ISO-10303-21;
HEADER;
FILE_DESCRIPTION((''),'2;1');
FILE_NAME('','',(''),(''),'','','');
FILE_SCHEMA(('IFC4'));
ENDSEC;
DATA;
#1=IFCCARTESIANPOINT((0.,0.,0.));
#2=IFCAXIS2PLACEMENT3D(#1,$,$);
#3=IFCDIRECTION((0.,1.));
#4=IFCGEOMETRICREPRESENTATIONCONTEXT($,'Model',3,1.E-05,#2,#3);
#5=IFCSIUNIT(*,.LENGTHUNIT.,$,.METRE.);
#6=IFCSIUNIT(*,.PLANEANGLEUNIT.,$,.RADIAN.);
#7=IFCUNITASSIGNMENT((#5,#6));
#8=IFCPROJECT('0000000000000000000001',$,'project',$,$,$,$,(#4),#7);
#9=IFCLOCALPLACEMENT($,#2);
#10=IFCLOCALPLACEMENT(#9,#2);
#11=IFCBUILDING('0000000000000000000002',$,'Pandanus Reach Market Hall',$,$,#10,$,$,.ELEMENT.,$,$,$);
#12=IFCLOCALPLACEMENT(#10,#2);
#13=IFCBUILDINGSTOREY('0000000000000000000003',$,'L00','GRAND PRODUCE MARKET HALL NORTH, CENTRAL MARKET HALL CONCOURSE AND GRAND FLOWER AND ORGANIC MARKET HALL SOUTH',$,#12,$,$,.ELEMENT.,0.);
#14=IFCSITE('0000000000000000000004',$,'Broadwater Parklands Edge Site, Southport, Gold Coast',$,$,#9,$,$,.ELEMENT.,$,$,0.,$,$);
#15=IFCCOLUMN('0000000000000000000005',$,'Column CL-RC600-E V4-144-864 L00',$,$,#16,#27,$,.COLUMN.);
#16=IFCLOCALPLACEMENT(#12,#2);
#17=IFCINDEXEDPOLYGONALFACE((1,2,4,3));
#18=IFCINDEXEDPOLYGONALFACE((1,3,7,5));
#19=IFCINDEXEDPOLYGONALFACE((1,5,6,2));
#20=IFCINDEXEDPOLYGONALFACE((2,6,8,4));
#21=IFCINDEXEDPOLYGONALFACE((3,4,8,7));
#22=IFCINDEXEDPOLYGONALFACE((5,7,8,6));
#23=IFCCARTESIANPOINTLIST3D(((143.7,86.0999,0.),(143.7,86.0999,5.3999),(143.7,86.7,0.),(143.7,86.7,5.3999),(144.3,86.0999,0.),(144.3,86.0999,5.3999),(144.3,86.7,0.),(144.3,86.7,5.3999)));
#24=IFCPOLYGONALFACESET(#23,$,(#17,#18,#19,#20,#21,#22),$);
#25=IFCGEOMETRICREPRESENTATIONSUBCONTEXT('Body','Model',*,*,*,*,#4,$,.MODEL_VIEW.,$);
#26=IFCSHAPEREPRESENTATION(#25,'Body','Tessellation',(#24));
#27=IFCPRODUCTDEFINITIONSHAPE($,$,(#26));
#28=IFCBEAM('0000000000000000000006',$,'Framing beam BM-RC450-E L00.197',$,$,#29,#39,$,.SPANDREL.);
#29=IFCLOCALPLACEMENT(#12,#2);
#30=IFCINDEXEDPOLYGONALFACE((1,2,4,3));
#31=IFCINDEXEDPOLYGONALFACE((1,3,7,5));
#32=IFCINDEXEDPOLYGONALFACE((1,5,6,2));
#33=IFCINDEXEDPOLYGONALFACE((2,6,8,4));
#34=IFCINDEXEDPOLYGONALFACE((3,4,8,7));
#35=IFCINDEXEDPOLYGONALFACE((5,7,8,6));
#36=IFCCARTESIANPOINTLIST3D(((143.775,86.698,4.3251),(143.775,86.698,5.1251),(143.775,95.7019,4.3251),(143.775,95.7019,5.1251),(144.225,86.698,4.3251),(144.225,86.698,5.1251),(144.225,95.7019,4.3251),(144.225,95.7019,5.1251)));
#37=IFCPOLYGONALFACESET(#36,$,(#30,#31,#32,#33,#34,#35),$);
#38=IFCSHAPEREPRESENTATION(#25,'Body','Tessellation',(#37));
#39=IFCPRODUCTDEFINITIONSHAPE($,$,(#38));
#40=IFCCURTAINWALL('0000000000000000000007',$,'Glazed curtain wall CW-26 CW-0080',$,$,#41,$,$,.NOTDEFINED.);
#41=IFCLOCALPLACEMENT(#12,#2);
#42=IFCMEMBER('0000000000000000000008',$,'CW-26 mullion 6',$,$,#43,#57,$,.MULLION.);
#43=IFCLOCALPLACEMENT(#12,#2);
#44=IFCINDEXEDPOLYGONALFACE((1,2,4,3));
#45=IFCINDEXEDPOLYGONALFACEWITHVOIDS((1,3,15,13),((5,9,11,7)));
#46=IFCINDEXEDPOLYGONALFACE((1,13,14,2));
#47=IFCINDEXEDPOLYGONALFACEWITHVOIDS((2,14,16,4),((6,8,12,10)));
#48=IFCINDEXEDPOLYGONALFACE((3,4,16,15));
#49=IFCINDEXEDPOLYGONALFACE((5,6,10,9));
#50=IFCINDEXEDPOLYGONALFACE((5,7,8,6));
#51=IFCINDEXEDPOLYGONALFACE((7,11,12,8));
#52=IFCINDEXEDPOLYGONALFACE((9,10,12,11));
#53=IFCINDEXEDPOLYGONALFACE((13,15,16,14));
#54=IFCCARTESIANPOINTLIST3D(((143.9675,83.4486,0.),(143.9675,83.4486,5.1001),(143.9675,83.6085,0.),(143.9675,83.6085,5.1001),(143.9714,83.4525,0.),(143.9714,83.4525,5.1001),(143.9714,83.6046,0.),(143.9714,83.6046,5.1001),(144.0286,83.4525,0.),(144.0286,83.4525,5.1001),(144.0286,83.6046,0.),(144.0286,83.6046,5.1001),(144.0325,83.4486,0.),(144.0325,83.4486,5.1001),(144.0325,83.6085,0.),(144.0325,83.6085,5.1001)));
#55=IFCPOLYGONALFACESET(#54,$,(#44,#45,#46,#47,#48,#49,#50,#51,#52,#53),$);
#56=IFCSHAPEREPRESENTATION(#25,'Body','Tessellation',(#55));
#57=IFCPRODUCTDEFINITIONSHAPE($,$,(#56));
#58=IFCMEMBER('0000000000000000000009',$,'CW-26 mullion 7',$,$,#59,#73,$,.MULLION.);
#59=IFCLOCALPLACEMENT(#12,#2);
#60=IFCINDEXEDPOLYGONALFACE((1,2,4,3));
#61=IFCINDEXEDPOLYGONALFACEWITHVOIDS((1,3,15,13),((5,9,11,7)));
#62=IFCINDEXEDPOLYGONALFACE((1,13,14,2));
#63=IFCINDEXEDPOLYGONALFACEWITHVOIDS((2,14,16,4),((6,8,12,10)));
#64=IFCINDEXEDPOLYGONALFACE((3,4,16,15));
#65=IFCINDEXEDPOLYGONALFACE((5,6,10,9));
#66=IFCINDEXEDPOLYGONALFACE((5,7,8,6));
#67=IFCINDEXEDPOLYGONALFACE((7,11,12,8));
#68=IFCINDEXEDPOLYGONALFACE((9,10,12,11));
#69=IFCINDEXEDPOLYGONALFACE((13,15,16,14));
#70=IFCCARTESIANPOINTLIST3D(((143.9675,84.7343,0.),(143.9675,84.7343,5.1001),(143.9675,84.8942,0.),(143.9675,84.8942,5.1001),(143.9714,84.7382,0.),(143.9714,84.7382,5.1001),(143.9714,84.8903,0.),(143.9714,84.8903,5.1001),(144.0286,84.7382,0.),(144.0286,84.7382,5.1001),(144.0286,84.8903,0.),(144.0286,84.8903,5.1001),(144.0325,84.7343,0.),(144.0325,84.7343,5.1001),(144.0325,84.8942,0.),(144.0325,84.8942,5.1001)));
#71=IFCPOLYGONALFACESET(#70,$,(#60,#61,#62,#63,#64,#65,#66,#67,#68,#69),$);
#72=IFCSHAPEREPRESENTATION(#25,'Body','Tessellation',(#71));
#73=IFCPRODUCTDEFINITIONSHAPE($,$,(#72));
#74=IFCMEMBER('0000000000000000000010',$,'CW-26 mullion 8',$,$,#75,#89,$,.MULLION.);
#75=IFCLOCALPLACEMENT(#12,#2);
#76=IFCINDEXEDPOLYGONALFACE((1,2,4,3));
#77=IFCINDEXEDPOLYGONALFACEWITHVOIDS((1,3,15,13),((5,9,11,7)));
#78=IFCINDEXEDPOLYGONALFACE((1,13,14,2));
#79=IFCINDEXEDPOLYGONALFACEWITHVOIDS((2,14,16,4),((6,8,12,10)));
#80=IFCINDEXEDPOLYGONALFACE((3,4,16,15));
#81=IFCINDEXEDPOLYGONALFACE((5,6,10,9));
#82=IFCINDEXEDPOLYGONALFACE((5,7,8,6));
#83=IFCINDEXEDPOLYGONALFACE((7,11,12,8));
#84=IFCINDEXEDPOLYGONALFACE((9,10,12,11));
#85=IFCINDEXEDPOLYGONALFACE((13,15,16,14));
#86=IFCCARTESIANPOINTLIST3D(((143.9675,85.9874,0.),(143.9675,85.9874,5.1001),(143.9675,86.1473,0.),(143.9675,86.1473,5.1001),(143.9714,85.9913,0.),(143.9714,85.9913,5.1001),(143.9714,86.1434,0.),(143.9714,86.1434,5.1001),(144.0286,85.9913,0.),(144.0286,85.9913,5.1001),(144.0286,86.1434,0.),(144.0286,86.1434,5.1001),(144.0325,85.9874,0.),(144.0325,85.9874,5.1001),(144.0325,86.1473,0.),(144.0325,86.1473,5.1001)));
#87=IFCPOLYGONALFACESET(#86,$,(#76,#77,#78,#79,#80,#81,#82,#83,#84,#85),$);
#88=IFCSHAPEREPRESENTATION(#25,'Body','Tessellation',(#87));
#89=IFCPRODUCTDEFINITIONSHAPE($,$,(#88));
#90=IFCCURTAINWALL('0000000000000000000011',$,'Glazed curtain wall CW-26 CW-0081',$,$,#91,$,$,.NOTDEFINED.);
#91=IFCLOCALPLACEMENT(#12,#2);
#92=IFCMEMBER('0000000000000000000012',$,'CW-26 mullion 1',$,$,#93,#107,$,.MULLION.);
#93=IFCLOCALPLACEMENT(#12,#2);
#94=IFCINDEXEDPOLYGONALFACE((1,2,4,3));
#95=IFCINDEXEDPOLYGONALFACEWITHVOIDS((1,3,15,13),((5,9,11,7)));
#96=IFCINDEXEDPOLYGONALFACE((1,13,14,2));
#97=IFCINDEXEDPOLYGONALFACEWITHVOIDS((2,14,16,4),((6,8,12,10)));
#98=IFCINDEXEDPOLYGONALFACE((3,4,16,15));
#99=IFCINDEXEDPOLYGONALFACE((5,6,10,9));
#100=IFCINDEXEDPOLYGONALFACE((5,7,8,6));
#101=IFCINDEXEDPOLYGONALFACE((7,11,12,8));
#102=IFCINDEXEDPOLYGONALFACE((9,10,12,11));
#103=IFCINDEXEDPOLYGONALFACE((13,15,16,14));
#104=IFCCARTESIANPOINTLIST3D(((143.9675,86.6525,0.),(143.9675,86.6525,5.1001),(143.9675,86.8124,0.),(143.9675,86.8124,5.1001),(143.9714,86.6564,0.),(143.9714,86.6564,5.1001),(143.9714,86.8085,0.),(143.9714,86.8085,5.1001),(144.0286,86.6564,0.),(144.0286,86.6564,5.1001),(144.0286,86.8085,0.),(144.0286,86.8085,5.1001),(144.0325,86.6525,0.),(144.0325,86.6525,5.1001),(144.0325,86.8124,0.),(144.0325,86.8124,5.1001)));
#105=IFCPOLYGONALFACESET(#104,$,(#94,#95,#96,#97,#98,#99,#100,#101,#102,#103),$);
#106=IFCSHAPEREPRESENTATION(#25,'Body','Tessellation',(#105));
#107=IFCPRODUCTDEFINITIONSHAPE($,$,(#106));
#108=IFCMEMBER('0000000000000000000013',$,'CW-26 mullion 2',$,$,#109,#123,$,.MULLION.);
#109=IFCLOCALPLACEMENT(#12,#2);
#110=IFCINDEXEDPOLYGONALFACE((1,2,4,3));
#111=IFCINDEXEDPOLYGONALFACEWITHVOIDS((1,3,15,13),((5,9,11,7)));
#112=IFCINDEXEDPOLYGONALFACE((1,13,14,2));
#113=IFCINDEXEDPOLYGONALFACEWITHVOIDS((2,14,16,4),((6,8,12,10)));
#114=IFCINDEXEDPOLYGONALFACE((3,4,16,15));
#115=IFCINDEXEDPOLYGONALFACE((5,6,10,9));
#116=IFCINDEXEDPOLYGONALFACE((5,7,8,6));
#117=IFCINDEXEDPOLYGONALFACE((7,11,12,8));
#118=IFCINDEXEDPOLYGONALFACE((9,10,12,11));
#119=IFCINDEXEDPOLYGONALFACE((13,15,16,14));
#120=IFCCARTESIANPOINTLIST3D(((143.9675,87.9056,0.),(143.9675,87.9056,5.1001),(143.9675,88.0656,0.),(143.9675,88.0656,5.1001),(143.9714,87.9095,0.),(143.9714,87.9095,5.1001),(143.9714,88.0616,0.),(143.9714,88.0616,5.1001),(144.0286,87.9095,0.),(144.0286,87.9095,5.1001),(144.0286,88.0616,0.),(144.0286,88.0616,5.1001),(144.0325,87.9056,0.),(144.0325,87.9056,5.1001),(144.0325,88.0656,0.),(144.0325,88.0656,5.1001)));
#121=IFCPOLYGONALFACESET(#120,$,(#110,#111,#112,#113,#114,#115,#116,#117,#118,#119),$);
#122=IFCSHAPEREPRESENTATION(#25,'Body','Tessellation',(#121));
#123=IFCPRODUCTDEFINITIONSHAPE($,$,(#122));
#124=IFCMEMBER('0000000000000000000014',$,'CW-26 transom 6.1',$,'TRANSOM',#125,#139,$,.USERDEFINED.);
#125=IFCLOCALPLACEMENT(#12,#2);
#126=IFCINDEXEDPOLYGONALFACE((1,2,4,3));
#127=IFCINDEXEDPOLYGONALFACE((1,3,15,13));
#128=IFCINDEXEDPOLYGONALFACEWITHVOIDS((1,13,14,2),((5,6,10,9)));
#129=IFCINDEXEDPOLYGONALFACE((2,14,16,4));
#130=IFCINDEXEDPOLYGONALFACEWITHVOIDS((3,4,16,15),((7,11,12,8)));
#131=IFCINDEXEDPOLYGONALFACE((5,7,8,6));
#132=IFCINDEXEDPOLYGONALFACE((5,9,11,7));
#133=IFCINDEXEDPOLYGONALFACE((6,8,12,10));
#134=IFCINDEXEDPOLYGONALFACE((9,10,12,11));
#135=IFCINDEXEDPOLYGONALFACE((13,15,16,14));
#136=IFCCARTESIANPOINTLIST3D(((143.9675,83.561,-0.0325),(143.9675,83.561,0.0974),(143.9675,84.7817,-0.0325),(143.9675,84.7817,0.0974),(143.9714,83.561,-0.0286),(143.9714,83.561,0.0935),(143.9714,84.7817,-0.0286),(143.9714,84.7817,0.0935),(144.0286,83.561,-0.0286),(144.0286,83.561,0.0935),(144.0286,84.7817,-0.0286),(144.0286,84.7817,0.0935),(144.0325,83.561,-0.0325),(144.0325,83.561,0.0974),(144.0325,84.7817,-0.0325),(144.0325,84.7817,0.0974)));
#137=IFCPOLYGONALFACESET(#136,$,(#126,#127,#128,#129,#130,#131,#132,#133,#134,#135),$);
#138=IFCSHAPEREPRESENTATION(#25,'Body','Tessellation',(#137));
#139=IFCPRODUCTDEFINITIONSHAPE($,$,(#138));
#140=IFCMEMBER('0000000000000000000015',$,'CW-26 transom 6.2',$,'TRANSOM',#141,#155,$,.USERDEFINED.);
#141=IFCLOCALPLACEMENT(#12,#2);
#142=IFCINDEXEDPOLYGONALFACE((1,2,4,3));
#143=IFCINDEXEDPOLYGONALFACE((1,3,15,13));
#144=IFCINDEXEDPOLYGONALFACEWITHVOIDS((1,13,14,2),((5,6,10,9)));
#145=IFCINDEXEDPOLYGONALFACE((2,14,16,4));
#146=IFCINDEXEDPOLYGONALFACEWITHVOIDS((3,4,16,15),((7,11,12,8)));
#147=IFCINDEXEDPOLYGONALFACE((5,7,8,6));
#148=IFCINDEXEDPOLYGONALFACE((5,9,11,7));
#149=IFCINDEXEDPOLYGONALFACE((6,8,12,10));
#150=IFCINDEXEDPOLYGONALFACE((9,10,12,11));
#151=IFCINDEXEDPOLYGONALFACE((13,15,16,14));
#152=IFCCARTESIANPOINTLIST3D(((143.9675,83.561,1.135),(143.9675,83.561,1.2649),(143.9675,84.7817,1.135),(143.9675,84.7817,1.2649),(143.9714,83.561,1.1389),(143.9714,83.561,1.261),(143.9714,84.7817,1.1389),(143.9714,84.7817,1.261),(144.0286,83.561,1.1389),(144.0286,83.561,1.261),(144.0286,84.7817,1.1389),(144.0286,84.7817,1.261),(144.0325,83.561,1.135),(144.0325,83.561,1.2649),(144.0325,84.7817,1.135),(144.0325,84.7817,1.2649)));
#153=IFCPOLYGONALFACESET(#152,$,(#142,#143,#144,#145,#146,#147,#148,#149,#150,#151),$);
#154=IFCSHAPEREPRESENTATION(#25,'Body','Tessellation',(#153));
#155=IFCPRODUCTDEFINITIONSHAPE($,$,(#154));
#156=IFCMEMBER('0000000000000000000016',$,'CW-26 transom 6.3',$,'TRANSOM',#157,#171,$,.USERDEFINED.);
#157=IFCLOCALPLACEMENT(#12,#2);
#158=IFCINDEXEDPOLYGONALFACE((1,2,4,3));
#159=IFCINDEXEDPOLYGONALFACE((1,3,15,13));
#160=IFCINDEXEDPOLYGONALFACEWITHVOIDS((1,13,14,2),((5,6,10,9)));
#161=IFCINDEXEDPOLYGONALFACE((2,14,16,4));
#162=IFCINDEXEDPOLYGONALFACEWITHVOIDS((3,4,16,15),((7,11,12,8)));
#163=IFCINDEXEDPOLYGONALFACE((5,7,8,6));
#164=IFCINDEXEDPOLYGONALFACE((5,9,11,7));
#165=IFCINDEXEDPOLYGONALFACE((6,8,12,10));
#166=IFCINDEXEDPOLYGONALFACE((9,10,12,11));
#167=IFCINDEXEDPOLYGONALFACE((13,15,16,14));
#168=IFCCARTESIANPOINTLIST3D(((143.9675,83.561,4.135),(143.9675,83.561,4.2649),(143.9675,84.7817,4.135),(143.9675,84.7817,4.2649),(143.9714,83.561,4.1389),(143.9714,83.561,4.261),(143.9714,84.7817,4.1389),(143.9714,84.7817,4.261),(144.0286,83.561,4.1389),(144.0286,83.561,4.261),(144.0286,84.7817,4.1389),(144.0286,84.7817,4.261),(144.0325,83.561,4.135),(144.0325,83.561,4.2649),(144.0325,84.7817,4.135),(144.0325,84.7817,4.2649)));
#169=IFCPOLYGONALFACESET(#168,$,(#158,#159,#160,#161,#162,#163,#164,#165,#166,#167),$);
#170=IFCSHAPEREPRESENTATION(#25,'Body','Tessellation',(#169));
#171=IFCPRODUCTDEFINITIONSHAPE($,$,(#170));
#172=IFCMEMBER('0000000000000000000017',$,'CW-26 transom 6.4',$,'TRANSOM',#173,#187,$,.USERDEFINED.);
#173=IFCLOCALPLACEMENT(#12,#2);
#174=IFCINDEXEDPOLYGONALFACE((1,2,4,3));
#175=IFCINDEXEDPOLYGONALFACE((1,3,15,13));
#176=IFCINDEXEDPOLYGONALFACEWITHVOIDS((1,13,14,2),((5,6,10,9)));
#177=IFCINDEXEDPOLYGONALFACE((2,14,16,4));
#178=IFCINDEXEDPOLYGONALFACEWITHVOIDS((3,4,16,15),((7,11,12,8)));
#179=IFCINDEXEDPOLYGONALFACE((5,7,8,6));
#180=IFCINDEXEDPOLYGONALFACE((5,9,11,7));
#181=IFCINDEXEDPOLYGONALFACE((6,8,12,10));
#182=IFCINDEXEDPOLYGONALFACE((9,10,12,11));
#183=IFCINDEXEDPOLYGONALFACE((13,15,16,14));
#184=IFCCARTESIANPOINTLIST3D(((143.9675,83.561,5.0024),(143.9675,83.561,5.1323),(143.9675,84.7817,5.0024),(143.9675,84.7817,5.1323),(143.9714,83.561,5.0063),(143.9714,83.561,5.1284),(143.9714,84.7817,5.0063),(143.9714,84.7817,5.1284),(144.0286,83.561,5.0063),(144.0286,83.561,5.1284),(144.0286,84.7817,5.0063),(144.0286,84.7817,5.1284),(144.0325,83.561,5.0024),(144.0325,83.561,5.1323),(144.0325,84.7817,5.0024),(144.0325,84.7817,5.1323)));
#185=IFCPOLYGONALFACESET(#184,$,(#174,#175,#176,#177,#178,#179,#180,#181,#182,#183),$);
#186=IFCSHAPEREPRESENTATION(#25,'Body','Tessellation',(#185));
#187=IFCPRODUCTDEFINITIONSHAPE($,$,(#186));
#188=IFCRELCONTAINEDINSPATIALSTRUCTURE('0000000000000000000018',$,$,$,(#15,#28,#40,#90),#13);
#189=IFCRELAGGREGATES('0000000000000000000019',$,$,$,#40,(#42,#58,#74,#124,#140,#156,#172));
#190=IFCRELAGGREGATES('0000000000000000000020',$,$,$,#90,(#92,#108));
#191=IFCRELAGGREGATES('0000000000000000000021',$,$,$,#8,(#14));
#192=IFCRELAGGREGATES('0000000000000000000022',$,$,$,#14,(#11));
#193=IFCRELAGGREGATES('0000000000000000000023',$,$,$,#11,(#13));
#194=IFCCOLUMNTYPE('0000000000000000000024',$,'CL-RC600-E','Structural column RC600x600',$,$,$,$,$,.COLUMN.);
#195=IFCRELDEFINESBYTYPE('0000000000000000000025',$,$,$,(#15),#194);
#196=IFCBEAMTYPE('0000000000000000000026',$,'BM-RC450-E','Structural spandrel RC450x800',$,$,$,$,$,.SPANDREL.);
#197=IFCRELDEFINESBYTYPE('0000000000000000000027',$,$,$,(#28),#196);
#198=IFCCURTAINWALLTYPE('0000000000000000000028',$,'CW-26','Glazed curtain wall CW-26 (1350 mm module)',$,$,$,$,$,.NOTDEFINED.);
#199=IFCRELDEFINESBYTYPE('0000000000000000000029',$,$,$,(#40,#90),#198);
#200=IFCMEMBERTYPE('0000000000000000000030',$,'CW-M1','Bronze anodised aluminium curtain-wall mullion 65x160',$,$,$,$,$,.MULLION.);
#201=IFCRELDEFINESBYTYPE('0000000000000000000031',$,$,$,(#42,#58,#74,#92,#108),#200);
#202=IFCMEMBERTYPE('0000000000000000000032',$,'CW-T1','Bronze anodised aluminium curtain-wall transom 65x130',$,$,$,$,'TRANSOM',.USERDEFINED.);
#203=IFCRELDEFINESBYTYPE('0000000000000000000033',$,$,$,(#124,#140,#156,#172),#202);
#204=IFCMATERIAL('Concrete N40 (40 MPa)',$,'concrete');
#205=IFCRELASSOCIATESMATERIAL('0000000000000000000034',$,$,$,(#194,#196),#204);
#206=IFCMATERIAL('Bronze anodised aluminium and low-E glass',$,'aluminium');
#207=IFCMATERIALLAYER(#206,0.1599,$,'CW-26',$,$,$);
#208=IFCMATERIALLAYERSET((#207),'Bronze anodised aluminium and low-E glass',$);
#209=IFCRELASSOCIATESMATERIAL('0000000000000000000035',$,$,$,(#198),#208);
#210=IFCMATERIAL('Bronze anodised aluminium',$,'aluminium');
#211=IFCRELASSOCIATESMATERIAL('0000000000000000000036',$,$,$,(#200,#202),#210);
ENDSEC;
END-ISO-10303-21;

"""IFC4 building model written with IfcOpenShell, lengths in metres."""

from ifc_helpers import new_model, si_unit, direction, frame, origin, origin_2d, place, context, subcontext, project, spatial, rectangle, hollow_rectangle, extrude, material, layer, layer_set, material_profile, profile_set, type_object, element, aggregate, save


model = new_model("IFC4")

# Units and contexts
model_context = context("Model", 3, precision=1e-05, world=origin(), true_north=direction((0.0, 1.0)))
body_context = subcontext(model_context, "Body", "Model", "MODEL_VIEW")
ifc_project = project(units=[si_unit("LENGTHUNIT", "METRE"), si_unit("PLANEANGLEUNIT", "RADIAN")], contexts=[model_context])

# Site, building, storey
site_placement = place(None, origin())
site = spatial("IfcSite", under=ifc_project, at=site_placement, Name="Broadwater Parklands Edge Site, Southport, Gold Coast", CompositionType="ELEMENT", RefElevation=0.0)
building_placement = place(site_placement, origin())
building = spatial("IfcBuilding", under=site, at=building_placement, Name="Pandanus Reach Market Hall", CompositionType="ELEMENT")
storey_placement = place(building_placement, origin())
storey = spatial("IfcBuildingStorey", under=building, at=storey_placement, Name="L00", Description="GRAND PRODUCE MARKET HALL NORTH, CENTRAL MARKET HALL CONCOURSE AND GRAND FLOWER AND ORGANIC MARKET HALL SOUTH", CompositionType="ELEMENT", Elevation=0.0)

# Column
ifc_material_1 = material(Name="Concrete N40 (40 MPa)", Category="concrete")
ifc_material_profile_1 = material_profile(ifc_material_1, rectangle(XDim=0.6001, YDim=0.6001, at=origin_2d()), Name="RC600x600", Category="LoadBearing")
ifc_profile_set_1 = profile_set([ifc_material_profile_1], Name="Concrete N40 (40 MPa)")
column_type = type_object("IfcColumnType", Name="CL-RC600-E", Description="Structural column RC600x600", PredefinedType="COLUMN", material=ifc_profile_set_1)
column_placement = place(storey_placement, frame((144.0, 86.3999, 0.0), z_axis=(0.0, 0.0, 1.0), x_axis=(1.0, 0.0, 0.0)))
element("IfcColumn", 1, at=column_placement, inside=storey, type_object=column_type, Name="Column CL-RC600-E V4-144-864 L00", PredefinedType="COLUMN", context=body_context, shape_type="SweptSolid", body=[
    extrude(rectangle(XDim=0.6001, YDim=0.6001, at=origin_2d()), origin(), (0.0, 0.0, 1.0), 5.3999),
])

# Beam
ifc_material_profile_2 = material_profile(ifc_material_1, rectangle(XDim=0.45, YDim=0.8, at=origin_2d()), Name="RC450x800", Category="LoadBearing")
ifc_profile_set_2 = profile_set([ifc_material_profile_2], Name="Concrete N40 (40 MPa)")
beam_type = type_object("IfcBeamType", Name="BM-RC450-E", Description="Structural spandrel RC450x800", PredefinedType="SPANDREL", material=ifc_profile_set_2)
beam_placement = place(storey_placement, frame((144.0, 86.698, 4.7251), z_axis=(0.0, 1.0, 0.0), x_axis=(-1.0, 0.0, 0.0)))
element("IfcBeam", 2, at=beam_placement, inside=storey, type_object=beam_type, Name="Framing beam BM-RC450-E L00.197", PredefinedType="SPANDREL", context=body_context, shape_type="SweptSolid", body=[
    extrude(rectangle(XDim=0.45, YDim=0.8, at=origin_2d()), origin(), (0.0, 0.0, 1.0), 9.0039),
])

# Curtain walls, members
ifc_material_2 = material(Name="Bronze anodised aluminium and low-E glass", Category="aluminium")
ifc_layer_1 = layer(ifc_material_2, 0.1599, Name="CW-26")
ifc_layer_set_1 = layer_set([ifc_layer_1], Name="Bronze anodised aluminium and low-E glass")
curtain_wall_type = type_object("IfcCurtainWallType", Name="CW-26", Description="Glazed curtain wall CW-26 (1350 mm module)", PredefinedType="NOTDEFINED", material=ifc_layer_set_1)
curtain_wall_1_placement = place(storey_placement, origin())
curtain_wall_1 = element("IfcCurtainWall", 3, at=curtain_wall_1_placement, inside=storey, type_object=curtain_wall_type, Name="Glazed curtain wall CW-26 CW-0080", PredefinedType="NOTDEFINED")
ifc_material_3 = material(Name="Bronze anodised aluminium", Category="aluminium")
ifc_material_profile_3 = material_profile(ifc_material_3, hollow_rectangle(XDim=0.0649, YDim=0.1599, WallThickness=0.0039, at=origin_2d()), Name="ALU65x160", Category="LoadBearing")
ifc_profile_set_3 = profile_set([ifc_material_profile_3], Name="Bronze anodised aluminium")
member_type_1 = type_object("IfcMemberType", Name="CW-M1", Description="Bronze anodised aluminium curtain-wall mullion 65x160", PredefinedType="MULLION", material=ifc_profile_set_3)
member_1_placement = place(storey_placement, frame((144.0, 83.5286, 0.0), z_axis=(0.0, 0.0, 1.0), x_axis=(-1.0, 0.0, 0.0)))
member_1 = element("IfcMember", 4, at=member_1_placement, type_object=member_type_1, Name="CW-26 mullion 6", PredefinedType="MULLION", context=body_context, shape_type="SweptSolid", body=[
    extrude(hollow_rectangle(XDim=0.0649, YDim=0.1599, WallThickness=0.0039, at=origin_2d()), origin(), (0.0, 0.0, 1.0), 5.1001),
])
member_2_placement = place(storey_placement, frame((144.0, 84.8142, 0.0), z_axis=(0.0, 0.0, 1.0), x_axis=(-1.0, 0.0, 0.0)))
member_2 = element("IfcMember", 5, at=member_2_placement, type_object=member_type_1, Name="CW-26 mullion 7", PredefinedType="MULLION", context=body_context, shape_type="SweptSolid", body=[
    extrude(hollow_rectangle(XDim=0.0649, YDim=0.1599, WallThickness=0.0039, at=origin_2d()), origin(), (0.0, 0.0, 1.0), 5.1001),
])
member_3_placement = place(storey_placement, frame((144.0, 86.0674, 0.0), z_axis=(0.0, 0.0, 1.0), x_axis=(-1.0, 0.0, 0.0)))
member_3 = element("IfcMember", 6, at=member_3_placement, type_object=member_type_1, Name="CW-26 mullion 8", PredefinedType="MULLION", context=body_context, shape_type="SweptSolid", body=[
    extrude(hollow_rectangle(XDim=0.0649, YDim=0.1599, WallThickness=0.0039, at=origin_2d()), origin(), (0.0, 0.0, 1.0), 5.1001),
])
curtain_wall_2_placement = place(storey_placement, origin())
curtain_wall_2 = element("IfcCurtainWall", 7, at=curtain_wall_2_placement, inside=storey, type_object=curtain_wall_type, Name="Glazed curtain wall CW-26 CW-0081", PredefinedType="NOTDEFINED")
member_4_placement = place(storey_placement, frame((144.0, 86.7324, 0.0), z_axis=(0.0, 0.0, 1.0), x_axis=(-1.0, 0.0, 0.0)))
member_4 = element("IfcMember", 8, at=member_4_placement, type_object=member_type_1, Name="CW-26 mullion 1", PredefinedType="MULLION", context=body_context, shape_type="SweptSolid", body=[
    extrude(hollow_rectangle(XDim=0.0649, YDim=0.1599, WallThickness=0.0039, at=origin_2d()), origin(), (0.0, 0.0, 1.0), 5.1001),
])
member_5_placement = place(storey_placement, frame((144.0, 87.9856, 0.0), z_axis=(0.0, 0.0, 1.0), x_axis=(-1.0, 0.0, 0.0)))
member_5 = element("IfcMember", 9, at=member_5_placement, type_object=member_type_1, Name="CW-26 mullion 2", PredefinedType="MULLION", context=body_context, shape_type="SweptSolid", body=[
    extrude(hollow_rectangle(XDim=0.0649, YDim=0.1599, WallThickness=0.0039, at=origin_2d()), origin(), (0.0, 0.0, 1.0), 5.1001),
])

# Members
ifc_material_profile_4 = material_profile(ifc_material_3, hollow_rectangle(XDim=0.0649, YDim=0.1299, WallThickness=0.0039, at=origin_2d()), Name="ALU65x130", Category="LoadBearing")
ifc_profile_set_4 = profile_set([ifc_material_profile_4], Name="Bronze anodised aluminium")
member_type_2 = type_object("IfcMemberType", Name="CW-T1", Description="Bronze anodised aluminium curtain-wall transom 65x130", ElementType="TRANSOM", PredefinedType="USERDEFINED", material=ifc_profile_set_4)
member_6_placement = place(storey_placement, frame((144.0, 83.561, 0.0325), z_axis=(0.0, 1.0, 0.0), x_axis=(-1.0, 0.0, 0.0)))
member_6 = element("IfcMember", 10, at=member_6_placement, type_object=member_type_2, Name="CW-26 transom 6.1", ObjectType="TRANSOM", PredefinedType="USERDEFINED", context=body_context, shape_type="SweptSolid", body=[
    extrude(hollow_rectangle(XDim=0.0649, YDim=0.1299, WallThickness=0.0039, at=origin_2d()), origin(), (0.0, 0.0, 1.0), 1.2207),
])
member_7_placement = place(storey_placement, frame((144.0, 83.561, 1.2), z_axis=(0.0, 1.0, 0.0), x_axis=(-1.0, 0.0, 0.0)))
member_7 = element("IfcMember", 11, at=member_7_placement, type_object=member_type_2, Name="CW-26 transom 6.2", ObjectType="TRANSOM", PredefinedType="USERDEFINED", context=body_context, shape_type="SweptSolid", body=[
    extrude(hollow_rectangle(XDim=0.0649, YDim=0.1299, WallThickness=0.0039, at=origin_2d()), origin(), (0.0, 0.0, 1.0), 1.2207),
])
member_8_placement = place(storey_placement, frame((144.0, 83.561, 4.2), z_axis=(0.0, 1.0, 0.0), x_axis=(-1.0, 0.0, 0.0)))
member_8 = element("IfcMember", 12, at=member_8_placement, type_object=member_type_2, Name="CW-26 transom 6.3", ObjectType="TRANSOM", PredefinedType="USERDEFINED", context=body_context, shape_type="SweptSolid", body=[
    extrude(hollow_rectangle(XDim=0.0649, YDim=0.1299, WallThickness=0.0039, at=origin_2d()), origin(), (0.0, 0.0, 1.0), 1.2207),
])
member_9_placement = place(storey_placement, frame((144.0, 83.561, 5.0674), z_axis=(0.0, 1.0, 0.0), x_axis=(-1.0, 0.0, 0.0)))
member_9 = element("IfcMember", 13, at=member_9_placement, type_object=member_type_2, Name="CW-26 transom 6.4", ObjectType="TRANSOM", PredefinedType="USERDEFINED", context=body_context, shape_type="SweptSolid", body=[
    extrude(hollow_rectangle(XDim=0.0649, YDim=0.1299, WallThickness=0.0039, at=origin_2d()), origin(), (0.0, 0.0, 1.0), 1.2207),
])

aggregate(curtain_wall_1, [member_1, member_2, member_3, member_6, member_7, member_8, member_9])
aggregate(curtain_wall_2, [member_4, member_5])

save(model, "model.ifc")
